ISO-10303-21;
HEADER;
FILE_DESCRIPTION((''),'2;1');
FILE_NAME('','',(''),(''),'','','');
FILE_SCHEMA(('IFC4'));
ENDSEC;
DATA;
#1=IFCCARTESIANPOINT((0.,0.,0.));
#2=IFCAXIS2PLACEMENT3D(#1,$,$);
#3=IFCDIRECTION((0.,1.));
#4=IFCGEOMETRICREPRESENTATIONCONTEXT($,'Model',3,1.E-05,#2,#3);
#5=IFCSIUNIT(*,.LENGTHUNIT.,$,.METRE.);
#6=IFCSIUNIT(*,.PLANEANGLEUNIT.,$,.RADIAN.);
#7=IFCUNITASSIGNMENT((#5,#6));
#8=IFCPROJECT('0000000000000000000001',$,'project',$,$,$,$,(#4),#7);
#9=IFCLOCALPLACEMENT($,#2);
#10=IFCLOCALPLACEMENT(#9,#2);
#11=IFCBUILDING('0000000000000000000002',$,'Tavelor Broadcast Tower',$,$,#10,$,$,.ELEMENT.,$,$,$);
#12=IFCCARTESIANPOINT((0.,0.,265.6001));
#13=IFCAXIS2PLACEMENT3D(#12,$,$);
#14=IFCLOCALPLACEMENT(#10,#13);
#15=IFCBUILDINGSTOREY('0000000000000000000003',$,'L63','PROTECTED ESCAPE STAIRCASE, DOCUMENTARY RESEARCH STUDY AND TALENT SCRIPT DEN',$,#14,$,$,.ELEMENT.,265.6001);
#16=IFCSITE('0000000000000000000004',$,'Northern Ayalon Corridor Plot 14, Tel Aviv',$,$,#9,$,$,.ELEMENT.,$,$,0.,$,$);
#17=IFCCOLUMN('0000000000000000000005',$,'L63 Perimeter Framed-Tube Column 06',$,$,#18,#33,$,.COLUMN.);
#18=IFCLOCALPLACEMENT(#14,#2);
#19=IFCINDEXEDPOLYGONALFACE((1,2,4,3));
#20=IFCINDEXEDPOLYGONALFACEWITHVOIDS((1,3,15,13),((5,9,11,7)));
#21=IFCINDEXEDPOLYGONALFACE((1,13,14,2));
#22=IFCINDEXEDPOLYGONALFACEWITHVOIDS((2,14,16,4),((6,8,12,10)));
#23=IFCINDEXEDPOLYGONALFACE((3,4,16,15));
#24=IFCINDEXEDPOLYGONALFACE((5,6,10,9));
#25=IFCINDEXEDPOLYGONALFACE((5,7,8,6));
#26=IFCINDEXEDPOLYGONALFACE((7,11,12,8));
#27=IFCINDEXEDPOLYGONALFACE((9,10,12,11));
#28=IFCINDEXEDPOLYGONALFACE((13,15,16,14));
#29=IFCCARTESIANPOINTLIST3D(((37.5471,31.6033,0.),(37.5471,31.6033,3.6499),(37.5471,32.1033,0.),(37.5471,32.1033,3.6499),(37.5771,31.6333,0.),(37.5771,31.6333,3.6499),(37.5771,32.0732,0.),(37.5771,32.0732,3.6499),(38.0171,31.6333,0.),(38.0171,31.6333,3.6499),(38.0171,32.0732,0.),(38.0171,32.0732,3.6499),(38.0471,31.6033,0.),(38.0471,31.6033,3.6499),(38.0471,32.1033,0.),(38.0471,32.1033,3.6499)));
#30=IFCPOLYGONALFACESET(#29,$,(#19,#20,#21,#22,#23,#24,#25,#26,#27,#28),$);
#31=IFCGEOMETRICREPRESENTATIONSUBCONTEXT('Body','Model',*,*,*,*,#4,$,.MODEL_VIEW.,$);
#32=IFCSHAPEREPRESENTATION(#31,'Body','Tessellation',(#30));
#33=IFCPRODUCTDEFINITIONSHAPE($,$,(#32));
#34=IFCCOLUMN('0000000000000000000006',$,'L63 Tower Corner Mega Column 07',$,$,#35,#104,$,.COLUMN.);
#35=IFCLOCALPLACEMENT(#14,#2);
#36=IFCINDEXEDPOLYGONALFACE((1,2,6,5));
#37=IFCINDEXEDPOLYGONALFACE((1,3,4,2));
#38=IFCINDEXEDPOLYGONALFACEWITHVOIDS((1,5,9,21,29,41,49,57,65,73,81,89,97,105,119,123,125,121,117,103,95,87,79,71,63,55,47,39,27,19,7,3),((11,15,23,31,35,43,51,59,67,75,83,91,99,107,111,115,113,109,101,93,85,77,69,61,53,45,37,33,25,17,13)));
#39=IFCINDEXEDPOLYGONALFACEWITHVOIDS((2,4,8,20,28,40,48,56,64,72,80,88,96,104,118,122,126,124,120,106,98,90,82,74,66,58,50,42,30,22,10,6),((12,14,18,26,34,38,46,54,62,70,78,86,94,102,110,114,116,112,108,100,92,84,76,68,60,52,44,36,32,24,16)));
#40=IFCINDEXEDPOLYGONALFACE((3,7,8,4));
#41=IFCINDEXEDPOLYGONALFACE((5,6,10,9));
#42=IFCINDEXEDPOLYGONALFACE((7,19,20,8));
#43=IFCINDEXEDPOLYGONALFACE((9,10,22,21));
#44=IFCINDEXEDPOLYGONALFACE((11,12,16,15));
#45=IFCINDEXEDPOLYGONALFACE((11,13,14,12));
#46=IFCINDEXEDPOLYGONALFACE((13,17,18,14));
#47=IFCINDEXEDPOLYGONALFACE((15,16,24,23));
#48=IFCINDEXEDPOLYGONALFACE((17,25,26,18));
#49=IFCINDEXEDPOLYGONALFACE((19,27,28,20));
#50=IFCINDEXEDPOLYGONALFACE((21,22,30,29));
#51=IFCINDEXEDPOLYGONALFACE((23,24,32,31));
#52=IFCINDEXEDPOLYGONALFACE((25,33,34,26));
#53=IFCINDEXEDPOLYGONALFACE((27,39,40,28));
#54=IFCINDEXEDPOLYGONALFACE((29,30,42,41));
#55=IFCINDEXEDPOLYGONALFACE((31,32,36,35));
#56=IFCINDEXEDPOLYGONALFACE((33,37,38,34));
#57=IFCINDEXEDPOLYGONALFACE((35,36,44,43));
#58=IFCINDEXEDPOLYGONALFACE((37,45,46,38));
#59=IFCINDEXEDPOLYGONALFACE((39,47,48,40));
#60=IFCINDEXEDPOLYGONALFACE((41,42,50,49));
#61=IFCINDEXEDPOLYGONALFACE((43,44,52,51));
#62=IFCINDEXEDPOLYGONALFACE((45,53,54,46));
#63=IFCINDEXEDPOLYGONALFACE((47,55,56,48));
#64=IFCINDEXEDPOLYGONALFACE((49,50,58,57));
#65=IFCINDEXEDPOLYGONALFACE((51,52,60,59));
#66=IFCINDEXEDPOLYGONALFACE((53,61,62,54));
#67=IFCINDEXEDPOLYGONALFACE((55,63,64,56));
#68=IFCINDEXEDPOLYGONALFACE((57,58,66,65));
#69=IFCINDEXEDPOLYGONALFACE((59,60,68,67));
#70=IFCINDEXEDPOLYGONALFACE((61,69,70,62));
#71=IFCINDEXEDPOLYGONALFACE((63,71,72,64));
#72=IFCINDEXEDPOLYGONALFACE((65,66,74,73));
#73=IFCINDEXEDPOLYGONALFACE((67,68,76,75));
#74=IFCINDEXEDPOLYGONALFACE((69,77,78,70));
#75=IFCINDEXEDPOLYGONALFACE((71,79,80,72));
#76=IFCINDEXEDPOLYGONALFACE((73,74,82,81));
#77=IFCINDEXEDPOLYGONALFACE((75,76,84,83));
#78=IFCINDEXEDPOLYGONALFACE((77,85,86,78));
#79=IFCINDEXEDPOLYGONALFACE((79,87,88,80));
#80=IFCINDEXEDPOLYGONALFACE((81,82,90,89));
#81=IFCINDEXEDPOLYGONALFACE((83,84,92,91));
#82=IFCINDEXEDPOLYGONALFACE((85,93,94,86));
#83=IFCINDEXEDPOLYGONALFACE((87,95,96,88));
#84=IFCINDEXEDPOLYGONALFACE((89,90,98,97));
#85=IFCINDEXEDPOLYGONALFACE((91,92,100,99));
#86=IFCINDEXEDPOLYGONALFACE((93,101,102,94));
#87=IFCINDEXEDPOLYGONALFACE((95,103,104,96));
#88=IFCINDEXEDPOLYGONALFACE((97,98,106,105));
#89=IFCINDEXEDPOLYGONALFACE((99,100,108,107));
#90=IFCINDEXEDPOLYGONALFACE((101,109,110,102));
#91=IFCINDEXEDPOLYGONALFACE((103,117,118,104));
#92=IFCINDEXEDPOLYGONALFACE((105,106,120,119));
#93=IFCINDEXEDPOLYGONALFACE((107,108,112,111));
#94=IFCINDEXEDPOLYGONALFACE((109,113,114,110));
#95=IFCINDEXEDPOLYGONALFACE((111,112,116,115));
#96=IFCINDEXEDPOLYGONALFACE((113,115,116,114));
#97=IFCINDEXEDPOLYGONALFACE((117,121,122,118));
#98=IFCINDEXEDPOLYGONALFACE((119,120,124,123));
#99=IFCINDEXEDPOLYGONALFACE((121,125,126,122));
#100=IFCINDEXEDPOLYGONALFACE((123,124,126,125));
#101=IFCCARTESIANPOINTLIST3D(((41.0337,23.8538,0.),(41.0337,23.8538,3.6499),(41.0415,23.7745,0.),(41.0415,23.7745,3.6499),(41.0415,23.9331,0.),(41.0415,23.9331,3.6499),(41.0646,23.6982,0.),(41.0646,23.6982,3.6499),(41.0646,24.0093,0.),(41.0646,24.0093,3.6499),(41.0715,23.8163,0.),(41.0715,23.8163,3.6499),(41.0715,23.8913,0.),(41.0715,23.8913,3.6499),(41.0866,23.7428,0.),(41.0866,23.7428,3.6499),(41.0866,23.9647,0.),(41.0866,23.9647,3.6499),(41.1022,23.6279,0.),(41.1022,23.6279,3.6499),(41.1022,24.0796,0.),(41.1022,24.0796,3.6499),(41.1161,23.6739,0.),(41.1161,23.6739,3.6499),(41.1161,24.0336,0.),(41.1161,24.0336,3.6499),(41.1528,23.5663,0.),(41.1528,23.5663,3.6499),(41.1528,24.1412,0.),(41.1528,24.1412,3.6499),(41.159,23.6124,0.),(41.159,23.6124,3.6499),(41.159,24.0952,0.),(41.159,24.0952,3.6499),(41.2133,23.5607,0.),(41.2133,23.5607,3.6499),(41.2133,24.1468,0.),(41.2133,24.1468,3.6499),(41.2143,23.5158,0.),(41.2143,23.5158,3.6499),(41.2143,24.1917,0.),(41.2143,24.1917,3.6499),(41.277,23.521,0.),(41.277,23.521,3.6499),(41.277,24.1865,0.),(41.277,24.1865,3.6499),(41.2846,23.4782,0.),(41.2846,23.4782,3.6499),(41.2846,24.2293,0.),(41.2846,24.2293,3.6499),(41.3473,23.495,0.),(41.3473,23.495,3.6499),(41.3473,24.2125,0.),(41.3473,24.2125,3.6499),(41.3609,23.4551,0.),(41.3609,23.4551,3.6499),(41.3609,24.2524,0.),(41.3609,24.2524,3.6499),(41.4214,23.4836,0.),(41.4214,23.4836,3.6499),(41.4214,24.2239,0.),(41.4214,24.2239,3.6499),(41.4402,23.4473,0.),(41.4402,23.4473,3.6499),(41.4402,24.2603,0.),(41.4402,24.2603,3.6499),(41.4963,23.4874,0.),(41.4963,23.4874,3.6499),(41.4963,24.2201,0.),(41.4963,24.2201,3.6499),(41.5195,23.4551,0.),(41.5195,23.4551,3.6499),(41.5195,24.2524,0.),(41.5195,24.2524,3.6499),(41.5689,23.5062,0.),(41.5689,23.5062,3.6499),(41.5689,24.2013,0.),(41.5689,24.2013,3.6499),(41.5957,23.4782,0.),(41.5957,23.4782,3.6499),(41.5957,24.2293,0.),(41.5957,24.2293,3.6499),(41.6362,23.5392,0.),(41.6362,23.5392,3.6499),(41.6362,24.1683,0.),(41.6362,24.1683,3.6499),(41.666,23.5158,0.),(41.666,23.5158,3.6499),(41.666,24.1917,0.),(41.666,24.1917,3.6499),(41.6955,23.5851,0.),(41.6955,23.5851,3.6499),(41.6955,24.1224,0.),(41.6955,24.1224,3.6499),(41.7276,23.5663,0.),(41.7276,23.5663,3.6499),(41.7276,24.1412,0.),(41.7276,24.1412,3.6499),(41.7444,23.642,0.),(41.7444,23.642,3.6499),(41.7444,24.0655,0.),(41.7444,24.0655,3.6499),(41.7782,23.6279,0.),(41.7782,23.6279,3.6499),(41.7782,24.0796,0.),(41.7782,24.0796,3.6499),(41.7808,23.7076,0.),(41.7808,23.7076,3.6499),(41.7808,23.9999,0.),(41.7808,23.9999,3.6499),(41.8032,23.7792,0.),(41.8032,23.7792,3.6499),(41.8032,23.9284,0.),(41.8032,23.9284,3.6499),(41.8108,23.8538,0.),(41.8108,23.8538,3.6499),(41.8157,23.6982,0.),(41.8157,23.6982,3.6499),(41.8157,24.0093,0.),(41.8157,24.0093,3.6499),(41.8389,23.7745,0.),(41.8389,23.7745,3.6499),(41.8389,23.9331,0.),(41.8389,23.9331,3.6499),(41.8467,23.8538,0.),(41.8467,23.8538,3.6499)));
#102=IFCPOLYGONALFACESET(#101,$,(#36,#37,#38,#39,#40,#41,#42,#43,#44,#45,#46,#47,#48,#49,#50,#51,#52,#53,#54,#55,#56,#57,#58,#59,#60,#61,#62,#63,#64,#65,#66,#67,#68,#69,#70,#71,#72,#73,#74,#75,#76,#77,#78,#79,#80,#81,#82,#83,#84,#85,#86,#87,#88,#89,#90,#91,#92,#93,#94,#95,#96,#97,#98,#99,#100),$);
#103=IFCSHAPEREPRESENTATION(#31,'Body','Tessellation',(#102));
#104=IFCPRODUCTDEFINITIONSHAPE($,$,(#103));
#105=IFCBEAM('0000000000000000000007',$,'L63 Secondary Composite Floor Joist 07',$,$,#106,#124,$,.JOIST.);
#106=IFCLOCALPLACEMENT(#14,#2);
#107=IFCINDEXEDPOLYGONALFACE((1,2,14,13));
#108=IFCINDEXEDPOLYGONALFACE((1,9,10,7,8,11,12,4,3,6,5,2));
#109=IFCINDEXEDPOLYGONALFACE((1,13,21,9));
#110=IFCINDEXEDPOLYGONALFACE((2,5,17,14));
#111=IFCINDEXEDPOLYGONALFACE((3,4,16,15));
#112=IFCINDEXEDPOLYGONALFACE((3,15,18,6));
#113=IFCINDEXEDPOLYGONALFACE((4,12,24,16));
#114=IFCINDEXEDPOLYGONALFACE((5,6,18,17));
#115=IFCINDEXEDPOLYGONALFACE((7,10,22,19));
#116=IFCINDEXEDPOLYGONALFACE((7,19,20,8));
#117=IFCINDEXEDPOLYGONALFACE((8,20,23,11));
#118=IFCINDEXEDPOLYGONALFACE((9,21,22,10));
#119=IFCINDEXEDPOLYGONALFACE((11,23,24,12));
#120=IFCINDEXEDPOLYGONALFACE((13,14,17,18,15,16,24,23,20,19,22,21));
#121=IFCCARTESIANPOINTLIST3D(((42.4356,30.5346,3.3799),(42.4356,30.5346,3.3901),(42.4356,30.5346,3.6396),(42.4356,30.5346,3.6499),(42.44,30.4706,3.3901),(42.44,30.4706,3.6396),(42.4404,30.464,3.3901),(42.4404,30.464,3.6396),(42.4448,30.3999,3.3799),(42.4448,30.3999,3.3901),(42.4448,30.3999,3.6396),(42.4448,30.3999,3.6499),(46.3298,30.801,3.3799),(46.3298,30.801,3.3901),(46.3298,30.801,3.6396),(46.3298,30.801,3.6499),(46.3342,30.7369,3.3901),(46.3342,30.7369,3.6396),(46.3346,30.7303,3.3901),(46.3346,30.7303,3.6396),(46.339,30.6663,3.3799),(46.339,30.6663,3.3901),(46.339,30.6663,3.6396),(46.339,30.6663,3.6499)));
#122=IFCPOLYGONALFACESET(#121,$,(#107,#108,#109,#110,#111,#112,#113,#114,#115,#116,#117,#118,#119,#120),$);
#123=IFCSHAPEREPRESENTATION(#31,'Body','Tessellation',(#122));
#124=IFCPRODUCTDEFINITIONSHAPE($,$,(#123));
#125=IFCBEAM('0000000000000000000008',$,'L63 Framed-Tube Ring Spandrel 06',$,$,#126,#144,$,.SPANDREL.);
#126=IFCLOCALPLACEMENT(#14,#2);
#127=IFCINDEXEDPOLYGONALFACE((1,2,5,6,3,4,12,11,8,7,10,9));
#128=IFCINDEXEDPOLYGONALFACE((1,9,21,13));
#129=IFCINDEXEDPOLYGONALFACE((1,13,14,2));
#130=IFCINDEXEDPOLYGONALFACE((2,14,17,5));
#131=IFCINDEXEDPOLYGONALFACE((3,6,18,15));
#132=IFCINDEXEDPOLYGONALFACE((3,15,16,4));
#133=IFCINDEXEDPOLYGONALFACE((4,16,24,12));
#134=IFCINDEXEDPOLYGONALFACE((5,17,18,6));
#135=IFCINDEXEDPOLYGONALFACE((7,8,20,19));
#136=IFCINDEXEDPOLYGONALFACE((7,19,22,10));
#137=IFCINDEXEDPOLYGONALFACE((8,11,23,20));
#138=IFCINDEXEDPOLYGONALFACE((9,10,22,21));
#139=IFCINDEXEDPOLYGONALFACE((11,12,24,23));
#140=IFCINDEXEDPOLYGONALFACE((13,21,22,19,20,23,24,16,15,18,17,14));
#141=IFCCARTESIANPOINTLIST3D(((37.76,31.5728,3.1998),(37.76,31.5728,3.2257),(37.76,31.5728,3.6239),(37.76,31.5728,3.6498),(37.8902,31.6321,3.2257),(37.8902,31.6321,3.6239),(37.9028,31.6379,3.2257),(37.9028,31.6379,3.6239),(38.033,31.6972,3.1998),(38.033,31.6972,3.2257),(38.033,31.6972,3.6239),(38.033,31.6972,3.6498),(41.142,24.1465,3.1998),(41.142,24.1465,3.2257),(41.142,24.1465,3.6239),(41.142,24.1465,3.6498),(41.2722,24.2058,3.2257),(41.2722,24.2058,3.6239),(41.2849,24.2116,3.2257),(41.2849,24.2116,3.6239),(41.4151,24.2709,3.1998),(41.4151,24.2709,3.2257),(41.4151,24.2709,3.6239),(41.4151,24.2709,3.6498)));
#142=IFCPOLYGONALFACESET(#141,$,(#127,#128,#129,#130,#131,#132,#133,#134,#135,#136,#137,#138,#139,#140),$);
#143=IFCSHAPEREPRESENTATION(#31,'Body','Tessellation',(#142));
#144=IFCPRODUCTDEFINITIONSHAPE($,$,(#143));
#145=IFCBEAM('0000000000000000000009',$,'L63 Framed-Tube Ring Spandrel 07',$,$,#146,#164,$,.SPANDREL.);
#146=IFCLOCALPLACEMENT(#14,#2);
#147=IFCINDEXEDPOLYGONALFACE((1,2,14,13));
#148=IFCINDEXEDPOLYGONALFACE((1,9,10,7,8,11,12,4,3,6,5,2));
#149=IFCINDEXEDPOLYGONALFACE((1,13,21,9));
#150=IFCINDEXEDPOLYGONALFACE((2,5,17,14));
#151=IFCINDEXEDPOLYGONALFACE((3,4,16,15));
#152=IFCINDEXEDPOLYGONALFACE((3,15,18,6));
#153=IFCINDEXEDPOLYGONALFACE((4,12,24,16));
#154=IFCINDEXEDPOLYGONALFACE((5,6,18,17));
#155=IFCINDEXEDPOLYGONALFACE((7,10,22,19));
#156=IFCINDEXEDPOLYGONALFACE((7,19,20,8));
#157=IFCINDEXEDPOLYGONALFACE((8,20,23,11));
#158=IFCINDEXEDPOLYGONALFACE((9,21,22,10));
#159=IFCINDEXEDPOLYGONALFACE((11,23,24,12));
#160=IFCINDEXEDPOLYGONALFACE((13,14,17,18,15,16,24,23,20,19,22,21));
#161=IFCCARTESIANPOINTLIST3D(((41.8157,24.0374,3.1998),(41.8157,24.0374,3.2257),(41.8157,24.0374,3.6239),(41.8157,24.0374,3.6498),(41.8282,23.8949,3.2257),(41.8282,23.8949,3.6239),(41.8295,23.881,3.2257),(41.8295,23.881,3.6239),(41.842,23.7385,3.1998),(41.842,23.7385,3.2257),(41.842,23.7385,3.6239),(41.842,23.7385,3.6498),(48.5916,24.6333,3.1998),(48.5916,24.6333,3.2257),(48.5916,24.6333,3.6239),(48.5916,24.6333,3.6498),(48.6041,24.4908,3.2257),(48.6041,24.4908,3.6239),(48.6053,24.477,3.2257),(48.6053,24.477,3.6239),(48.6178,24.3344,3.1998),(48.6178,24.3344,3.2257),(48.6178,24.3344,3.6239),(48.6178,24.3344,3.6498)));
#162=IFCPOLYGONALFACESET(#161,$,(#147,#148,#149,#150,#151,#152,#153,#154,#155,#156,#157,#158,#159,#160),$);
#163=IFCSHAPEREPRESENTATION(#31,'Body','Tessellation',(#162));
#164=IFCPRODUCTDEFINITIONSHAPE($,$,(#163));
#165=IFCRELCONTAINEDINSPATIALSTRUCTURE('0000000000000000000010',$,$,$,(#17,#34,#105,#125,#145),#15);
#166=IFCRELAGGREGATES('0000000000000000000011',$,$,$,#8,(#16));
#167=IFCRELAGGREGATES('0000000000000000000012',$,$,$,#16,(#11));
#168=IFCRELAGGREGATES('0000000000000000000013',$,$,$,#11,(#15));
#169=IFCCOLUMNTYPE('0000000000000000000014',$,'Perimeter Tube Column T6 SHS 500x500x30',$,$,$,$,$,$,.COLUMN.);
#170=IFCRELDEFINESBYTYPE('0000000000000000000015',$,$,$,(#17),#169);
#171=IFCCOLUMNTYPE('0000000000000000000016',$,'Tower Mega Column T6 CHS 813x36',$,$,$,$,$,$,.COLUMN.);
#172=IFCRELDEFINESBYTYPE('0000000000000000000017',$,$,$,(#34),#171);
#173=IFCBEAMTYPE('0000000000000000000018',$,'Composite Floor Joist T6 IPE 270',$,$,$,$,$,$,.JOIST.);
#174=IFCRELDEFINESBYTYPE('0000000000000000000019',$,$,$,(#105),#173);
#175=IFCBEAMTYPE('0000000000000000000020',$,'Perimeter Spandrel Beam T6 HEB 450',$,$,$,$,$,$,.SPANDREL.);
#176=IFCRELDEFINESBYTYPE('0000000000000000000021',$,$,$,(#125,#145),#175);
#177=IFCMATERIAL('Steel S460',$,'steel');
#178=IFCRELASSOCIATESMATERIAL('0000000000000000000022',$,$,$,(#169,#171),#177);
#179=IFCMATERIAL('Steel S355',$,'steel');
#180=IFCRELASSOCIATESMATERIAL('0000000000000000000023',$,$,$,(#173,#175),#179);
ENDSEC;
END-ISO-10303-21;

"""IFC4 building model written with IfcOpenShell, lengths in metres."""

from ifc_helpers import new_model, si_unit, direction, frame, origin, origin_2d, place, context, subcontext, project, spatial, hollow_rectangle, hollow_circle, i_section, extrude, material, material_profile, profile_set, type_object, element, save


model = new_model("IFC4")

# Units and contexts
model_context = context("Model", 3, precision=1e-05, world=origin(), true_north=direction((0.0, 1.0)))
body_context = subcontext(model_context, "Body", "Model", "MODEL_VIEW")
ifc_project = project(units=[si_unit("LENGTHUNIT", "METRE"), si_unit("PLANEANGLEUNIT", "RADIAN")], contexts=[model_context])

# Site, building, storey
site_placement = place(None, origin())
site = spatial("IfcSite", under=ifc_project, at=site_placement, Name="Northern Ayalon Corridor Plot 14, Tel Aviv", CompositionType="ELEMENT", RefElevation=0.0)
building_placement = place(site_placement, origin())
building = spatial("IfcBuilding", under=site, at=building_placement, Name="Tavelor Broadcast Tower", CompositionType="ELEMENT")
storey_placement = place(building_placement, frame((0.0, 0.0, 265.6001)))
storey = spatial("IfcBuildingStorey", under=building, at=storey_placement, Name="L63", Description="PROTECTED ESCAPE STAIRCASE, DOCUMENTARY RESEARCH STUDY AND TALENT SCRIPT DEN", CompositionType="ELEMENT", Elevation=265.6001)

# Columns
ifc_material_1 = material(Name="Steel S460", Category="steel")
ifc_material_profile_1 = material_profile(ifc_material_1, hollow_rectangle(XDim=0.5, YDim=0.5, WallThickness=0.03, at=origin_2d()), Name="SHS 500x500x30")
ifc_profile_set_1 = profile_set([ifc_material_profile_1], Name="Steel S460")
column_type_1 = type_object("IfcColumnType", Name="Perimeter Tube Column T6 SHS 500x500x30", PredefinedType="COLUMN", material=ifc_profile_set_1)
column_1_placement = place(storey_placement, frame((37.7971, 31.8533, 0.0), z_axis=(0.0, 0.0, 1.0), x_axis=(1.0, 0.0, 0.0)))
element("IfcColumn", 1, at=column_1_placement, inside=storey, type_object=column_type_1, Name="L63 Perimeter Framed-Tube Column 06", PredefinedType="COLUMN", context=body_context, shape_type="SweptSolid", body=[
    extrude(hollow_rectangle(XDim=0.5, YDim=0.5, WallThickness=0.03, at=origin_2d()), origin(), (0.0, 0.0, 1.0), 3.6499),
])
ifc_material_profile_2 = material_profile(ifc_material_1, hollow_circle(Radius=0.4065, WallThickness=0.0359, at=origin_2d()), Name="CHS 813x36")
ifc_profile_set_2 = profile_set([ifc_material_profile_2], Name="Steel S460")
column_type_2 = type_object("IfcColumnType", Name="Tower Mega Column T6 CHS 813x36", PredefinedType="COLUMN", material=ifc_profile_set_2)
column_2_placement = place(storey_placement, frame((41.4402, 23.8538, 0.0), z_axis=(0.0, 0.0, 1.0), x_axis=(1.0, 0.0, 0.0)))
element("IfcColumn", 2, at=column_2_placement, inside=storey, type_object=column_type_2, Name="L63 Tower Corner Mega Column 07", PredefinedType="COLUMN", context=body_context, shape_type="SweptSolid", body=[
    extrude(hollow_circle(Radius=0.4065, WallThickness=0.0359, at=origin_2d()), origin(), (0.0, 0.0, 1.0), 3.6499),
])

# Beams
ifc_material_2 = material(Name="Steel S355", Category="steel")
ifc_material_profile_3 = material_profile(ifc_material_2, i_section(OverallWidth=0.135, OverallDepth=0.27, WebThickness=0.0066, FlangeThickness=0.0103, at=origin_2d()), Name="IPE 270")
ifc_profile_set_3 = profile_set([ifc_material_profile_3], Name="Steel S355")
beam_type_1 = type_object("IfcBeamType", Name="Composite Floor Joist T6 IPE 270", PredefinedType="JOIST", material=ifc_profile_set_3)
beam_1_placement = place(storey_placement, frame((42.4402, 30.4673, 3.5149), z_axis=(0.997669, 0.068238, 0.0), x_axis=(-0.068238, 0.997669, 0.0)))
element("IfcBeam", 3, at=beam_1_placement, inside=storey, type_object=beam_type_1, Name="L63 Secondary Composite Floor Joist 07", PredefinedType="JOIST", context=body_context, shape_type="SweptSolid", body=[
    extrude(i_section(OverallWidth=0.135, OverallDepth=0.27, WebThickness=0.0066, FlangeThickness=0.0103, at=origin_2d()), origin(), (0.0, 0.0, 1.0), 3.9033),
])
ifc_material_profile_4 = material_profile(ifc_material_2, i_section(OverallWidth=0.3, OverallDepth=0.45, WebThickness=0.0139, FlangeThickness=0.0259, at=origin_2d()), Name="HEB 450")
ifc_profile_set_4 = profile_set([ifc_material_profile_4], Name="Steel S355")
beam_type_2 = type_object("IfcBeamType", Name="Perimeter Spandrel Beam T6 HEB 450", PredefinedType="SPANDREL", material=ifc_profile_set_4)
beam_2_placement = place(storey_placement, frame((37.8965, 31.635, 3.4248), z_axis=(0.414463, -0.910066, 0.0), x_axis=(0.910066, 0.414463, 0.0)))
element("IfcBeam", 4, at=beam_2_placement, inside=storey, type_object=beam_type_2, Name="L63 Framed-Tube Ring Spandrel 06", PredefinedType="SPANDREL", context=body_context, shape_type="SweptSolid", body=[
    extrude(i_section(OverallWidth=0.3, OverallDepth=0.45, WebThickness=0.0139, FlangeThickness=0.0259, at=origin_2d()), origin(), (0.0, 0.0, 1.0), 8.1602),
])
beam_3_placement = place(storey_placement, frame((41.8289, 23.8879, 3.4248), z_axis=(0.996155, 0.087613, 0.0), x_axis=(-0.087613, 0.996155, 0.0)))
element("IfcBeam", 5, at=beam_3_placement, inside=storey, type_object=beam_type_2, Name="L63 Framed-Tube Ring Spandrel 07", PredefinedType="SPANDREL", context=body_context, shape_type="SweptSolid", body=[
    extrude(i_section(OverallWidth=0.3, OverallDepth=0.45, WebThickness=0.0139, FlangeThickness=0.0259, at=origin_2d()), origin(), (0.0, 0.0, 1.0), 6.802),
])

save(model, "model.ifc")
